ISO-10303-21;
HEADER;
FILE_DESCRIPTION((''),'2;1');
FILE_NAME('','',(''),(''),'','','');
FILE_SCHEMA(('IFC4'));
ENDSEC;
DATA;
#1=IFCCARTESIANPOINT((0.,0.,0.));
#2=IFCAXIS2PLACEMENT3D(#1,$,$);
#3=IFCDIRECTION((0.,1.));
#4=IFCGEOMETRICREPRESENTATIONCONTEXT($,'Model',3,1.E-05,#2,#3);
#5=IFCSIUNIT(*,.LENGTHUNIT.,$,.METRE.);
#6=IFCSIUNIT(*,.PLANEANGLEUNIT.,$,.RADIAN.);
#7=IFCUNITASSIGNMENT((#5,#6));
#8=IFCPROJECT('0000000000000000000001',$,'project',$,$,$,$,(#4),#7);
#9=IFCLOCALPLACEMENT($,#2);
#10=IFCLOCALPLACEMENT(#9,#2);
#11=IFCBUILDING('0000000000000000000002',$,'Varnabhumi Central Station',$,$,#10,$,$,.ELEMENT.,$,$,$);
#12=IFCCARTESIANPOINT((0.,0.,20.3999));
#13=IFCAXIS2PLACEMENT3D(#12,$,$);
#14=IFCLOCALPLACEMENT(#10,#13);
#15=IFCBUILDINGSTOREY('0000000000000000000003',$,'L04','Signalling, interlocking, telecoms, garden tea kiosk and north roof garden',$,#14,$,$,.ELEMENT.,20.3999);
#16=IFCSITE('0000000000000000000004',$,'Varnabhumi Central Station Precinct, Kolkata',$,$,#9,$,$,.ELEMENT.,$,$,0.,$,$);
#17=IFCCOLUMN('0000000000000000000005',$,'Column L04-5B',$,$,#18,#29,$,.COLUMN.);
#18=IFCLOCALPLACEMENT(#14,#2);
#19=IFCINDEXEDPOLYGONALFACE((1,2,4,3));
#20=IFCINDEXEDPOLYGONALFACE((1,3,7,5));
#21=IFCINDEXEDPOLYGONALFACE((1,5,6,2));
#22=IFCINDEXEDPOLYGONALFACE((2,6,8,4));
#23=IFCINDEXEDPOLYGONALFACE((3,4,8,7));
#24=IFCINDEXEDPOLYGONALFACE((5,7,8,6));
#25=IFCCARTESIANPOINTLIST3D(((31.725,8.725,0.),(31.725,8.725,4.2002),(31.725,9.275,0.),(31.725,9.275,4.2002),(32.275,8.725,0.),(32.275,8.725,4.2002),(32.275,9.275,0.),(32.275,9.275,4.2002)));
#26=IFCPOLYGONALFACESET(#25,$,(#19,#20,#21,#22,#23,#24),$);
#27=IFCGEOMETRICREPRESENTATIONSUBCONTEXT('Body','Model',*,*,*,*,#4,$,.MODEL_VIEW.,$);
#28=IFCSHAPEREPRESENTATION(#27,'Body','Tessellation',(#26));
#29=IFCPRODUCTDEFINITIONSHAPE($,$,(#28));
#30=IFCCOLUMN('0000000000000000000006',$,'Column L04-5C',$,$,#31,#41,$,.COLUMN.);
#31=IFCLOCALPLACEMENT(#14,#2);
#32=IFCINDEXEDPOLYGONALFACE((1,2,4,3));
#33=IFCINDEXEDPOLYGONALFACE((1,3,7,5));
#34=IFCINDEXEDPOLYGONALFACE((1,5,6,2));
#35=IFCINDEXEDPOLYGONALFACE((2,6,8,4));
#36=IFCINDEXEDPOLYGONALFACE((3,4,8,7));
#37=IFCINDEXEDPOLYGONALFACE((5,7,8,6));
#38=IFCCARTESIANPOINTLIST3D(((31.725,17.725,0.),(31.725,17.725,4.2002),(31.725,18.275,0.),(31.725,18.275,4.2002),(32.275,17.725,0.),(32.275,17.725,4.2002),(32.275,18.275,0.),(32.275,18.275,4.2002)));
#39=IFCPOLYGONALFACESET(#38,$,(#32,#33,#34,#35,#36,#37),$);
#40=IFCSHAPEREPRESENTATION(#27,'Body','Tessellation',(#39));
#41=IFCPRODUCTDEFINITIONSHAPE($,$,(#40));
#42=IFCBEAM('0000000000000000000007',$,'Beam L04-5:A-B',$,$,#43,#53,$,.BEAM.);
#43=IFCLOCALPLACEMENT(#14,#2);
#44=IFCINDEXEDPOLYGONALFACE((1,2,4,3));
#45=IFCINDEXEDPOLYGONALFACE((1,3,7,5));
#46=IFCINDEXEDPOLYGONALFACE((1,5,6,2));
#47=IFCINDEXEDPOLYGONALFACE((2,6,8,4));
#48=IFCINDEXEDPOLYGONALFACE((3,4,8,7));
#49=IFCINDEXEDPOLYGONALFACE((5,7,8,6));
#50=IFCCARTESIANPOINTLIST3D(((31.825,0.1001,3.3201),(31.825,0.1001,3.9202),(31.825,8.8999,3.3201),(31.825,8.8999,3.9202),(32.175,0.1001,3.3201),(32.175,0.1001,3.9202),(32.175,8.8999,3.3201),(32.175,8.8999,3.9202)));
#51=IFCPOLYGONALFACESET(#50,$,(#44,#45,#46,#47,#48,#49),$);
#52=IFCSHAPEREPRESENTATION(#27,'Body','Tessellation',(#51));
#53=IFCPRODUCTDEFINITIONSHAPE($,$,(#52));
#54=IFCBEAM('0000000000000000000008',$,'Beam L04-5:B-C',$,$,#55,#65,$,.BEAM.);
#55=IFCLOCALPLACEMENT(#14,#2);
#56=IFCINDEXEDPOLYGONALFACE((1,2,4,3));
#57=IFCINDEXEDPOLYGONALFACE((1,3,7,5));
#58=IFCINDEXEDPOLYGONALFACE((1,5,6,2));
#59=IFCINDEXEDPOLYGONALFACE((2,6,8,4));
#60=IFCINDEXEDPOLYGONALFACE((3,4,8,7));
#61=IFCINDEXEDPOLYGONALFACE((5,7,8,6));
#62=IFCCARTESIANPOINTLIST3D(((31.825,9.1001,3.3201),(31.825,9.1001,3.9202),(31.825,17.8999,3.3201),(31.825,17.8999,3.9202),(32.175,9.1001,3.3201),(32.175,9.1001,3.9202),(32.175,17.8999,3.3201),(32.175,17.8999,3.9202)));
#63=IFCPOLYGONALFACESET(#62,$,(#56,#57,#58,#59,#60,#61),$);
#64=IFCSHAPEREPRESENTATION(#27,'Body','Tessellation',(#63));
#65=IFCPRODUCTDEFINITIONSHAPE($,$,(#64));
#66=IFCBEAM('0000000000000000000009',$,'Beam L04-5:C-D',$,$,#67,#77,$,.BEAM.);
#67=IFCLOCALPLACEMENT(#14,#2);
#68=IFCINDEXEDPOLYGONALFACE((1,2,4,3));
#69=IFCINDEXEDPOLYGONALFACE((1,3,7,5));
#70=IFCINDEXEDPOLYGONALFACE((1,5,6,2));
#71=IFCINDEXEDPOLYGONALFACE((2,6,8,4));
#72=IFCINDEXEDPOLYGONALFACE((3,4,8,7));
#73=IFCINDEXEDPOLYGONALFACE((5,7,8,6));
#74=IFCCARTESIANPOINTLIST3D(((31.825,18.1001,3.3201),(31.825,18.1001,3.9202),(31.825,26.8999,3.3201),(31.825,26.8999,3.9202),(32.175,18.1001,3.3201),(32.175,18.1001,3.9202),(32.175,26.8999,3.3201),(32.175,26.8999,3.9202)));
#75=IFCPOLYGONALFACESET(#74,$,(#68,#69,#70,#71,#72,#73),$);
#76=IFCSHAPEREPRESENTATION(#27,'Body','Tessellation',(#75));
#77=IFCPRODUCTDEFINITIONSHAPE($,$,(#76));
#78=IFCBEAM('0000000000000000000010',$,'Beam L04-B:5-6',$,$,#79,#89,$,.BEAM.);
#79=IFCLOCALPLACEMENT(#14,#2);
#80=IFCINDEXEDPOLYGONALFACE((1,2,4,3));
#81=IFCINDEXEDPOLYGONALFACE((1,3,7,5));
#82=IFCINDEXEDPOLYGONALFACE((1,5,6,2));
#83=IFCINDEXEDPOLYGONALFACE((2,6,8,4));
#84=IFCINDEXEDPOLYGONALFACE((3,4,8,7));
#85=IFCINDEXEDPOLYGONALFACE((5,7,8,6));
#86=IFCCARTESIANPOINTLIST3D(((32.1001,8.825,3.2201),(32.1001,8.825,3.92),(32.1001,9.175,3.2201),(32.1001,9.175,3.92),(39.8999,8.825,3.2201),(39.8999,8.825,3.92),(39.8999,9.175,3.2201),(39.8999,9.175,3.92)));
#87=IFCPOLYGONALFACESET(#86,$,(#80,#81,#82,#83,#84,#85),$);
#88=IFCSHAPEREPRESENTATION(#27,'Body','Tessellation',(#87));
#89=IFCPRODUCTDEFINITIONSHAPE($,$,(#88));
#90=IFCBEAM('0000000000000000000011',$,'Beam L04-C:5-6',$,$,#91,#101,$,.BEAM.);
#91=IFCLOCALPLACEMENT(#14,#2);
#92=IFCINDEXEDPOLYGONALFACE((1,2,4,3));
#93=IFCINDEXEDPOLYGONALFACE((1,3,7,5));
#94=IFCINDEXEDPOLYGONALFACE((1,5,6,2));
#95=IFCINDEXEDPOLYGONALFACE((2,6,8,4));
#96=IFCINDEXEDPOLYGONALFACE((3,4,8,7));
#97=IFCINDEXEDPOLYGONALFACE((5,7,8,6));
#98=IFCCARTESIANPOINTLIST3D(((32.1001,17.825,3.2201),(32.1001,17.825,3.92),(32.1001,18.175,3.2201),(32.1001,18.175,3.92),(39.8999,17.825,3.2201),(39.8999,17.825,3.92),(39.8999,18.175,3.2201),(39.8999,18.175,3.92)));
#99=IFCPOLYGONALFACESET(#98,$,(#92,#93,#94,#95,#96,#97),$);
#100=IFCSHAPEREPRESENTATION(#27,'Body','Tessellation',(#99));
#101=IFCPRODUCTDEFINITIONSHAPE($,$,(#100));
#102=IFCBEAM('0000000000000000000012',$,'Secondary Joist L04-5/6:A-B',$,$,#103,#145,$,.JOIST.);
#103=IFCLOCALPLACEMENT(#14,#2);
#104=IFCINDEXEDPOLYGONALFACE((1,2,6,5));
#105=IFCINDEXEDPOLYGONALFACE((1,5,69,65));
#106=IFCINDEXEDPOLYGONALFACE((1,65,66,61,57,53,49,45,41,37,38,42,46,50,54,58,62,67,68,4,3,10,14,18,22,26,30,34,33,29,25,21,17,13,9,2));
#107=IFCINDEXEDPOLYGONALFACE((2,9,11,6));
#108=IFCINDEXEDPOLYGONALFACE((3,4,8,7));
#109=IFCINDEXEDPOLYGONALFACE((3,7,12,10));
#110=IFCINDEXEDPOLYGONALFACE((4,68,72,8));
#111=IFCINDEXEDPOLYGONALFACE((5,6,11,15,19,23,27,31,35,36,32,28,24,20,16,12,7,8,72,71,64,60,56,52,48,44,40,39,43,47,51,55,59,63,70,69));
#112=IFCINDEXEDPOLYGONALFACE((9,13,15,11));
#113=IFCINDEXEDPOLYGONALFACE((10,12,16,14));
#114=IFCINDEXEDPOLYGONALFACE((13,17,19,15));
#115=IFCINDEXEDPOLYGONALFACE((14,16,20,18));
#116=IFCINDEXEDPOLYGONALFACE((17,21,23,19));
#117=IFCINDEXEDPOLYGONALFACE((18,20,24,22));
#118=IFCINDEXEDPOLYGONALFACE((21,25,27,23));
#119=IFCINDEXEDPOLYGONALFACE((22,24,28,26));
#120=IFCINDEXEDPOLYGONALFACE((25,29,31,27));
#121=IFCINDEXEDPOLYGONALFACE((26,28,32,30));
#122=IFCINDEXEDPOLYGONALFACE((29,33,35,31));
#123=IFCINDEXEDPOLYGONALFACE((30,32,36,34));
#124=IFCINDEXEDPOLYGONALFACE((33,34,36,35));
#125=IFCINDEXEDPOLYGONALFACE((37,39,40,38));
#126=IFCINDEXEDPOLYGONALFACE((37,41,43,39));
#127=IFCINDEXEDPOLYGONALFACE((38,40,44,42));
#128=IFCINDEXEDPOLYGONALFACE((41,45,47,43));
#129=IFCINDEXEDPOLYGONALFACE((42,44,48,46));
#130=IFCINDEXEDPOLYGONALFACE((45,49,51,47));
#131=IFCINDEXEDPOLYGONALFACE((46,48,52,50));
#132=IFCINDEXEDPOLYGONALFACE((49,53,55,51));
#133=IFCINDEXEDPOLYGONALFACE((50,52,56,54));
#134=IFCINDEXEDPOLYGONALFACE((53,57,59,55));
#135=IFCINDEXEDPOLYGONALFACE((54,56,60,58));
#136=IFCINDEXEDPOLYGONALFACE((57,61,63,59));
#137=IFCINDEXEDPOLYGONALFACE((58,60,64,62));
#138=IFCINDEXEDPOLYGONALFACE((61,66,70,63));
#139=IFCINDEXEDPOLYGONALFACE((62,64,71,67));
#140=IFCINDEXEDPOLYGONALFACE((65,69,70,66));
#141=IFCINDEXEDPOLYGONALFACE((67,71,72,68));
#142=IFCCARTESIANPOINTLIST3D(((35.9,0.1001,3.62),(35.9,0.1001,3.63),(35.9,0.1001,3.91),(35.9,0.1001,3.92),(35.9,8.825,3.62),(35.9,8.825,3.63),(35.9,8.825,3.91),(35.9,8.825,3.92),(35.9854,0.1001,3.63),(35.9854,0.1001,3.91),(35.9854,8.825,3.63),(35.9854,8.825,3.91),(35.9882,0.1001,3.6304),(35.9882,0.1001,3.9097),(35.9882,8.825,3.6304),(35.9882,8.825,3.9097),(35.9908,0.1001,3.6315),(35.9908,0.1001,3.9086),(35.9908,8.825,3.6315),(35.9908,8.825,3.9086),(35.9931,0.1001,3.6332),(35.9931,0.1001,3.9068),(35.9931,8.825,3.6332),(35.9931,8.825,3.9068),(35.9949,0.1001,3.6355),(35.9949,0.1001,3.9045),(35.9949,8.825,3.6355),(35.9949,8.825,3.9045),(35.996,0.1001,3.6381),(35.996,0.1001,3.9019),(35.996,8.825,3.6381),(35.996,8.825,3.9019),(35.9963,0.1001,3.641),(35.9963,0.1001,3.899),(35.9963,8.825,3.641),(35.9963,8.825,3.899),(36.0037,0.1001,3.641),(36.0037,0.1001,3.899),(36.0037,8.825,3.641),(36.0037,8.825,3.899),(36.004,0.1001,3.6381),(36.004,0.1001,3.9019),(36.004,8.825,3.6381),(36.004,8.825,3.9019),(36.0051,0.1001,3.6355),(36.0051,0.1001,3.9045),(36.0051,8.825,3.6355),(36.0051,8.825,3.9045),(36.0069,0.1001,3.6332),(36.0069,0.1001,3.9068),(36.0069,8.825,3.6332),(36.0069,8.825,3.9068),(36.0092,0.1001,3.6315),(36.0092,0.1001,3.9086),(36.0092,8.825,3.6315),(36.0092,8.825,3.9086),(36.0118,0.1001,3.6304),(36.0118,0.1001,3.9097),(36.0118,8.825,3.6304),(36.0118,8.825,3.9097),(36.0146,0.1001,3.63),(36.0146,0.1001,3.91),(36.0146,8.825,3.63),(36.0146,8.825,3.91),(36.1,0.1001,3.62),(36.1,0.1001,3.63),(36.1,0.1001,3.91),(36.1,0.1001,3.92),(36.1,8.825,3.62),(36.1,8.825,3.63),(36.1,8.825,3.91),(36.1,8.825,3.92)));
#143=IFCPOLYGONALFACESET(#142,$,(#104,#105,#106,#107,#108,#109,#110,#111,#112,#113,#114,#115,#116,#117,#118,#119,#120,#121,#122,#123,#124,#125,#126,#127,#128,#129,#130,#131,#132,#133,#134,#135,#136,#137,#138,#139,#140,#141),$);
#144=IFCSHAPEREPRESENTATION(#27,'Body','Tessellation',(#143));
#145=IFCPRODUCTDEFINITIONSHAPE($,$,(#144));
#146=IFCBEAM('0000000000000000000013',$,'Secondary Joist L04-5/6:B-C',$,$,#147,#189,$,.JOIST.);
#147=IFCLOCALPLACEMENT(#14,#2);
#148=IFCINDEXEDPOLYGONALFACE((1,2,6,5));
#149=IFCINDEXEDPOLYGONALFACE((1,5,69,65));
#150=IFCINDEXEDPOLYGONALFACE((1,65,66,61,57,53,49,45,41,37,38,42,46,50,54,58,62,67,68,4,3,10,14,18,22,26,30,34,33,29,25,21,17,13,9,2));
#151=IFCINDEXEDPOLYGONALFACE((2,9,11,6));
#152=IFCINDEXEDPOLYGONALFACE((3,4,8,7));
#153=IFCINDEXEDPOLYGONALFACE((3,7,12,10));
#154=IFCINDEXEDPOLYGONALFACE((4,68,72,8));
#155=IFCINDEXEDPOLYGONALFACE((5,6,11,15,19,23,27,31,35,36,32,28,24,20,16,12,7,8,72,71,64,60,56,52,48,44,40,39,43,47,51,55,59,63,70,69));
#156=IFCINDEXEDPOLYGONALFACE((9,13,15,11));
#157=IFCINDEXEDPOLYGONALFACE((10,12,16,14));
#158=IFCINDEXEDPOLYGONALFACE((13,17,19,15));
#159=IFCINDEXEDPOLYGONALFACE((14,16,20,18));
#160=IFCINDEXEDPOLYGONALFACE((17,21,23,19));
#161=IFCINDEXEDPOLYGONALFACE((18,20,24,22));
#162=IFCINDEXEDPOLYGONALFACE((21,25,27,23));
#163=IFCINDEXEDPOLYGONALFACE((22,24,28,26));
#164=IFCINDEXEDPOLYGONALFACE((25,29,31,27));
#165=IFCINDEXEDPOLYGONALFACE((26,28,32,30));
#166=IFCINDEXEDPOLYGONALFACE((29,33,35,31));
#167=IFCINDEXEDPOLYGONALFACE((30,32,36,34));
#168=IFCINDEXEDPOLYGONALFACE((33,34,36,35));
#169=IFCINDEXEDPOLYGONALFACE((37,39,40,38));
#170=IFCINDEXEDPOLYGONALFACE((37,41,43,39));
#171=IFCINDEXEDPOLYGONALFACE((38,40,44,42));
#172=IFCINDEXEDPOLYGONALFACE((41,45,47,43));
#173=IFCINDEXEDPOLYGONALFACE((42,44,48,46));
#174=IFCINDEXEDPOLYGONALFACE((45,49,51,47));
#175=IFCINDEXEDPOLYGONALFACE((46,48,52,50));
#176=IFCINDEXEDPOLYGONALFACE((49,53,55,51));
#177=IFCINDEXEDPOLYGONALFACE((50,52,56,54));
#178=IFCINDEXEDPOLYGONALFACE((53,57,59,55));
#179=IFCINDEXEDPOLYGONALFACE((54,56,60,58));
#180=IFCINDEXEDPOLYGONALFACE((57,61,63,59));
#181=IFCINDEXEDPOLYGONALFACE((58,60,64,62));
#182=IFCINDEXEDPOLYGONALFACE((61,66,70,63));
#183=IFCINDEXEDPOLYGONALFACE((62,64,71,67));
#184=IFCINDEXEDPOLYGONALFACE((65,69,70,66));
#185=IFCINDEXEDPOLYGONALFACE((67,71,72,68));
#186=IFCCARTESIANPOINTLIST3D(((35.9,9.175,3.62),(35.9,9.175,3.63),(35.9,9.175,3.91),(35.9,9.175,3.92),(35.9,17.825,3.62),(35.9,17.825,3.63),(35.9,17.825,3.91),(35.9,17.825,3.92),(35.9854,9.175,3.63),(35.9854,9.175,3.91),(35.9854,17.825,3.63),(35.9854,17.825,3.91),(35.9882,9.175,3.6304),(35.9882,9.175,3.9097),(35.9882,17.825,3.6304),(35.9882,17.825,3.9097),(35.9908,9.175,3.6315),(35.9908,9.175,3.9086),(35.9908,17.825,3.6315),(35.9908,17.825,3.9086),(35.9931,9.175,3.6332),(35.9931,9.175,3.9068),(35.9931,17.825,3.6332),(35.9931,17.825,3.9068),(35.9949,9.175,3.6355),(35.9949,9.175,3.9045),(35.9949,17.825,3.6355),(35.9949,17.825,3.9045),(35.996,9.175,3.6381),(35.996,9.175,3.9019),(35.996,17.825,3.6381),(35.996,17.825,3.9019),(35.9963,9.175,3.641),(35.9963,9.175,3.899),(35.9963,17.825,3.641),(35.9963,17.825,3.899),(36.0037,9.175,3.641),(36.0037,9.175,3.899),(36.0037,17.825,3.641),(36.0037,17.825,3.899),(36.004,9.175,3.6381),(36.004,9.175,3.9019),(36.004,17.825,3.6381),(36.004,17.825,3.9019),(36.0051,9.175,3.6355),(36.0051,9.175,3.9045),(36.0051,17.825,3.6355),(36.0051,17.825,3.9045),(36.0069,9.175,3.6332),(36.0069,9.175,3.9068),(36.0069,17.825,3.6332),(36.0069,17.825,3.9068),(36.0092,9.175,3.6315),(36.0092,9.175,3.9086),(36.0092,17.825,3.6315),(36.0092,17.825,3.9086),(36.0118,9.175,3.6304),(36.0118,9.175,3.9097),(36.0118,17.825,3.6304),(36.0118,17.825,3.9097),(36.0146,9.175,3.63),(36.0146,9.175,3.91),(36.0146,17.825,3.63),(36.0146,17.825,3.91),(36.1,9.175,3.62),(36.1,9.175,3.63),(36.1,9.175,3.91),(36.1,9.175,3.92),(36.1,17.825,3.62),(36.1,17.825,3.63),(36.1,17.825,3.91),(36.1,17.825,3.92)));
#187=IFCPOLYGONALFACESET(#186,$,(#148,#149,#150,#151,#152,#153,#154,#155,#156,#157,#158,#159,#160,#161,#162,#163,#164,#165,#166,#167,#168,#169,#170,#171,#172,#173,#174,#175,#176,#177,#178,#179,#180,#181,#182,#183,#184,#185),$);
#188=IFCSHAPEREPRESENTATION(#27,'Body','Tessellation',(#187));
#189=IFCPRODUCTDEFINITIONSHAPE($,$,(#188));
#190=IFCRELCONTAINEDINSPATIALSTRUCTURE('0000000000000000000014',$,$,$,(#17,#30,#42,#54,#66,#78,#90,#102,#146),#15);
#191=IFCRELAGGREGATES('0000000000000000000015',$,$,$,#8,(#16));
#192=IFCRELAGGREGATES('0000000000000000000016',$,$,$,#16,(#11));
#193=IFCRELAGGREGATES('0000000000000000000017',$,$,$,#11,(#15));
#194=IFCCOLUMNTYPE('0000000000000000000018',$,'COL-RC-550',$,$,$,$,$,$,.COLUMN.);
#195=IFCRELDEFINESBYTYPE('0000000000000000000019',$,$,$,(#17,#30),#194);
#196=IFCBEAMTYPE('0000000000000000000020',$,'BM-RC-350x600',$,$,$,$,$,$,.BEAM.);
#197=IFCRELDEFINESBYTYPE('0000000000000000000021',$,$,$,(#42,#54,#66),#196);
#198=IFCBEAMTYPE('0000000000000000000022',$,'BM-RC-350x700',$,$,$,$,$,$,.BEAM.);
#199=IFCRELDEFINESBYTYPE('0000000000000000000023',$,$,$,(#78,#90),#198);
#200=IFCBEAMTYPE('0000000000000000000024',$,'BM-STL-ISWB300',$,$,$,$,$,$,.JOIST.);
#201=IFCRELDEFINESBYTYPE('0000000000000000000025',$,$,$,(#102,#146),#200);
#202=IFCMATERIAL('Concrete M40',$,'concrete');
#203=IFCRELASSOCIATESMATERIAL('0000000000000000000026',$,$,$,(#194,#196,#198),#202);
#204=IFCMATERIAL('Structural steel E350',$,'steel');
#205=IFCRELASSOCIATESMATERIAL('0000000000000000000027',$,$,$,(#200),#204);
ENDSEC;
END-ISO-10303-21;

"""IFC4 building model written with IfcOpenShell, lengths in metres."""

from ifc_helpers import new_model, si_unit, direction, frame, origin, origin_2d, place, context, subcontext, project, spatial, rectangle, i_section, extrude, material, material_profile, profile_set, type_object, element, save


model = new_model("IFC4")

# Units and contexts
model_context = context("Model", 3, precision=1e-05, world=origin(), true_north=direction((0.0, 1.0)))
body_context = subcontext(model_context, "Body", "Model", "MODEL_VIEW")
ifc_project = project(units=[si_unit("LENGTHUNIT", "METRE"), si_unit("PLANEANGLEUNIT", "RADIAN")], contexts=[model_context])

# Site, building, storey
site_placement = place(None, origin())
site = spatial("IfcSite", under=ifc_project, at=site_placement, Name="Varnabhumi Central Station Precinct, Kolkata", CompositionType="ELEMENT", RefElevation=0.0)
building_placement = place(site_placement, origin())
building = spatial("IfcBuilding", under=site, at=building_placement, Name="Varnabhumi Central Station", CompositionType="ELEMENT")
storey_placement = place(building_placement, frame((0.0, 0.0, 20.3999)))
storey = spatial("IfcBuildingStorey", under=building, at=storey_placement, Name="L04", Description="Signalling, interlocking, telecoms, garden tea kiosk and north roof garden", CompositionType="ELEMENT", Elevation=20.3999)

# Columns
ifc_material_1 = material(Name="Concrete M40", Category="concrete")
ifc_material_profile_1 = material_profile(ifc_material_1, rectangle(XDim=0.55, YDim=0.55, at=origin_2d()), Name="Concrete M40", Category="concrete")
ifc_profile_set_1 = profile_set([ifc_material_profile_1], Name="Concrete M40")
column_type = type_object("IfcColumnType", Name="COL-RC-550", PredefinedType="COLUMN", material=ifc_profile_set_1)
for number, where, z_axis, x_axis, name in (
    (1, (32.0, 9.0, 0.0), (0.0, 0.0, 1.0), (1.0, 0.0, 0.0), "Column L04-5B"),
    (2, (32.0, 18.0, 0.0), (0.0, 0.0, 1.0), (1.0, 0.0, 0.0), "Column L04-5C"),
):
    element("IfcColumn", number, at=place(storey_placement, frame(where, z_axis=z_axis, x_axis=x_axis)), inside=storey, type_object=column_type, Name=name, PredefinedType="COLUMN", context=body_context, shape_type="SweptSolid", body=[
        extrude(rectangle(XDim=0.55, YDim=0.55, at=origin_2d()), origin(), (0.0, 0.0, 1.0), 4.2002),
    ])

# Beams
ifc_material_profile_2 = material_profile(ifc_material_1, rectangle(XDim=0.3501, YDim=0.6001, at=origin_2d()), Name="Concrete M40", Category="concrete")
ifc_profile_set_2 = profile_set([ifc_material_profile_2], Name="Concrete M40")
beam_type_1 = type_object("IfcBeamType", Name="BM-RC-350x600", PredefinedType="BEAM", material=ifc_profile_set_2)
for number, where, z_axis, x_axis, name in (
    (3, (32.0, 0.1001, 3.6201), (0.0, 1.0, 0.0), (-1.0, 0.0, 0.0), "Beam L04-5:A-B"),
    (4, (32.0, 9.1001, 3.6201), (0.0, 1.0, 0.0), (-1.0, 0.0, 0.0), "Beam L04-5:B-C"),
    (5, (32.0, 18.1001, 3.6201), (0.0, 1.0, 0.0), (-1.0, 0.0, 0.0), "Beam L04-5:C-D"),
):
    element("IfcBeam", number, at=place(storey_placement, frame(where, z_axis=z_axis, x_axis=x_axis)), inside=storey, type_object=beam_type_1, Name=name, PredefinedType="BEAM", context=body_context, shape_type="SweptSolid", body=[
        extrude(rectangle(XDim=0.3501, YDim=0.6001, at=origin_2d()), origin(), (0.0, 0.0, 1.0), 8.7998),
    ])
ifc_material_profile_3 = material_profile(ifc_material_1, rectangle(XDim=0.3501, YDim=0.7, at=origin_2d()), Name="Concrete M40", Category="concrete")
ifc_profile_set_3 = profile_set([ifc_material_profile_3], Name="Concrete M40")
beam_type_2 = type_object("IfcBeamType", Name="BM-RC-350x700", PredefinedType="BEAM", material=ifc_profile_set_3)
for number, where, z_axis, x_axis, name in (
    (6, (32.1001, 9.0, 3.5701), (1.0, 0.0, 0.0), (0.0, 1.0, 0.0), "Beam L04-B:5-6"),
    (7, (32.1001, 18.0, 3.5701), (1.0, 0.0, 0.0), (0.0, 1.0, 0.0), "Beam L04-C:5-6"),
):
    element("IfcBeam", number, at=place(storey_placement, frame(where, z_axis=z_axis, x_axis=x_axis)), inside=storey, type_object=beam_type_2, Name=name, PredefinedType="BEAM", context=body_context, shape_type="SweptSolid", body=[
        extrude(rectangle(XDim=0.3501, YDim=0.7, at=origin_2d()), origin(), (0.0, 0.0, 1.0), 7.7998),
    ])
ifc_material_2 = material(Name="Structural steel E350", Category="steel")
ifc_material_profile_4 = material_profile(ifc_material_2, i_section(OverallWidth=0.2, OverallDepth=0.3, WebThickness=0.0073, FlangeThickness=0.01, FilletRadius=0.011, at=origin_2d()), Name="Structural steel E350", Category="steel")
ifc_profile_set_4 = profile_set([ifc_material_profile_4], Name="Structural steel E350")
beam_type_3 = type_object("IfcBeamType", Name="BM-STL-ISWB300", PredefinedType="JOIST", material=ifc_profile_set_4)
beam_1_placement = place(storey_placement, frame((36.0, 0.1001, 3.77), z_axis=(0.0, 1.0, 0.0), x_axis=(-1.0, 0.0, 0.0)))
element("IfcBeam", 8, at=beam_1_placement, inside=storey, type_object=beam_type_3, Name="Secondary Joist L04-5/6:A-B", PredefinedType="JOIST", context=body_context, shape_type="SweptSolid", body=[
    extrude(i_section(OverallWidth=0.2, OverallDepth=0.3, WebThickness=0.0073, FlangeThickness=0.01, FilletRadius=0.011, at=origin_2d()), origin(), (0.0, 0.0, 1.0), 8.7249),
])
for number, where, z_axis, x_axis, name in (
    (9, (36.0, 9.175, 3.77), (0.0, 1.0, 0.0), (-1.0, 0.0, 0.0), "Secondary Joist L04-5/6:B-C"),
):
    element("IfcBeam", number, at=place(storey_placement, frame(where, z_axis=z_axis, x_axis=x_axis)), inside=storey, type_object=beam_type_3, Name=name, PredefinedType="JOIST", context=body_context, shape_type="SweptSolid", body=[
        extrude(i_section(OverallWidth=0.2, OverallDepth=0.3, WebThickness=0.0073, FlangeThickness=0.01, FilletRadius=0.011, at=origin_2d()), origin(), (0.0, 0.0, 1.0), 8.6499),
    ])

save(model, "model.ifc")
